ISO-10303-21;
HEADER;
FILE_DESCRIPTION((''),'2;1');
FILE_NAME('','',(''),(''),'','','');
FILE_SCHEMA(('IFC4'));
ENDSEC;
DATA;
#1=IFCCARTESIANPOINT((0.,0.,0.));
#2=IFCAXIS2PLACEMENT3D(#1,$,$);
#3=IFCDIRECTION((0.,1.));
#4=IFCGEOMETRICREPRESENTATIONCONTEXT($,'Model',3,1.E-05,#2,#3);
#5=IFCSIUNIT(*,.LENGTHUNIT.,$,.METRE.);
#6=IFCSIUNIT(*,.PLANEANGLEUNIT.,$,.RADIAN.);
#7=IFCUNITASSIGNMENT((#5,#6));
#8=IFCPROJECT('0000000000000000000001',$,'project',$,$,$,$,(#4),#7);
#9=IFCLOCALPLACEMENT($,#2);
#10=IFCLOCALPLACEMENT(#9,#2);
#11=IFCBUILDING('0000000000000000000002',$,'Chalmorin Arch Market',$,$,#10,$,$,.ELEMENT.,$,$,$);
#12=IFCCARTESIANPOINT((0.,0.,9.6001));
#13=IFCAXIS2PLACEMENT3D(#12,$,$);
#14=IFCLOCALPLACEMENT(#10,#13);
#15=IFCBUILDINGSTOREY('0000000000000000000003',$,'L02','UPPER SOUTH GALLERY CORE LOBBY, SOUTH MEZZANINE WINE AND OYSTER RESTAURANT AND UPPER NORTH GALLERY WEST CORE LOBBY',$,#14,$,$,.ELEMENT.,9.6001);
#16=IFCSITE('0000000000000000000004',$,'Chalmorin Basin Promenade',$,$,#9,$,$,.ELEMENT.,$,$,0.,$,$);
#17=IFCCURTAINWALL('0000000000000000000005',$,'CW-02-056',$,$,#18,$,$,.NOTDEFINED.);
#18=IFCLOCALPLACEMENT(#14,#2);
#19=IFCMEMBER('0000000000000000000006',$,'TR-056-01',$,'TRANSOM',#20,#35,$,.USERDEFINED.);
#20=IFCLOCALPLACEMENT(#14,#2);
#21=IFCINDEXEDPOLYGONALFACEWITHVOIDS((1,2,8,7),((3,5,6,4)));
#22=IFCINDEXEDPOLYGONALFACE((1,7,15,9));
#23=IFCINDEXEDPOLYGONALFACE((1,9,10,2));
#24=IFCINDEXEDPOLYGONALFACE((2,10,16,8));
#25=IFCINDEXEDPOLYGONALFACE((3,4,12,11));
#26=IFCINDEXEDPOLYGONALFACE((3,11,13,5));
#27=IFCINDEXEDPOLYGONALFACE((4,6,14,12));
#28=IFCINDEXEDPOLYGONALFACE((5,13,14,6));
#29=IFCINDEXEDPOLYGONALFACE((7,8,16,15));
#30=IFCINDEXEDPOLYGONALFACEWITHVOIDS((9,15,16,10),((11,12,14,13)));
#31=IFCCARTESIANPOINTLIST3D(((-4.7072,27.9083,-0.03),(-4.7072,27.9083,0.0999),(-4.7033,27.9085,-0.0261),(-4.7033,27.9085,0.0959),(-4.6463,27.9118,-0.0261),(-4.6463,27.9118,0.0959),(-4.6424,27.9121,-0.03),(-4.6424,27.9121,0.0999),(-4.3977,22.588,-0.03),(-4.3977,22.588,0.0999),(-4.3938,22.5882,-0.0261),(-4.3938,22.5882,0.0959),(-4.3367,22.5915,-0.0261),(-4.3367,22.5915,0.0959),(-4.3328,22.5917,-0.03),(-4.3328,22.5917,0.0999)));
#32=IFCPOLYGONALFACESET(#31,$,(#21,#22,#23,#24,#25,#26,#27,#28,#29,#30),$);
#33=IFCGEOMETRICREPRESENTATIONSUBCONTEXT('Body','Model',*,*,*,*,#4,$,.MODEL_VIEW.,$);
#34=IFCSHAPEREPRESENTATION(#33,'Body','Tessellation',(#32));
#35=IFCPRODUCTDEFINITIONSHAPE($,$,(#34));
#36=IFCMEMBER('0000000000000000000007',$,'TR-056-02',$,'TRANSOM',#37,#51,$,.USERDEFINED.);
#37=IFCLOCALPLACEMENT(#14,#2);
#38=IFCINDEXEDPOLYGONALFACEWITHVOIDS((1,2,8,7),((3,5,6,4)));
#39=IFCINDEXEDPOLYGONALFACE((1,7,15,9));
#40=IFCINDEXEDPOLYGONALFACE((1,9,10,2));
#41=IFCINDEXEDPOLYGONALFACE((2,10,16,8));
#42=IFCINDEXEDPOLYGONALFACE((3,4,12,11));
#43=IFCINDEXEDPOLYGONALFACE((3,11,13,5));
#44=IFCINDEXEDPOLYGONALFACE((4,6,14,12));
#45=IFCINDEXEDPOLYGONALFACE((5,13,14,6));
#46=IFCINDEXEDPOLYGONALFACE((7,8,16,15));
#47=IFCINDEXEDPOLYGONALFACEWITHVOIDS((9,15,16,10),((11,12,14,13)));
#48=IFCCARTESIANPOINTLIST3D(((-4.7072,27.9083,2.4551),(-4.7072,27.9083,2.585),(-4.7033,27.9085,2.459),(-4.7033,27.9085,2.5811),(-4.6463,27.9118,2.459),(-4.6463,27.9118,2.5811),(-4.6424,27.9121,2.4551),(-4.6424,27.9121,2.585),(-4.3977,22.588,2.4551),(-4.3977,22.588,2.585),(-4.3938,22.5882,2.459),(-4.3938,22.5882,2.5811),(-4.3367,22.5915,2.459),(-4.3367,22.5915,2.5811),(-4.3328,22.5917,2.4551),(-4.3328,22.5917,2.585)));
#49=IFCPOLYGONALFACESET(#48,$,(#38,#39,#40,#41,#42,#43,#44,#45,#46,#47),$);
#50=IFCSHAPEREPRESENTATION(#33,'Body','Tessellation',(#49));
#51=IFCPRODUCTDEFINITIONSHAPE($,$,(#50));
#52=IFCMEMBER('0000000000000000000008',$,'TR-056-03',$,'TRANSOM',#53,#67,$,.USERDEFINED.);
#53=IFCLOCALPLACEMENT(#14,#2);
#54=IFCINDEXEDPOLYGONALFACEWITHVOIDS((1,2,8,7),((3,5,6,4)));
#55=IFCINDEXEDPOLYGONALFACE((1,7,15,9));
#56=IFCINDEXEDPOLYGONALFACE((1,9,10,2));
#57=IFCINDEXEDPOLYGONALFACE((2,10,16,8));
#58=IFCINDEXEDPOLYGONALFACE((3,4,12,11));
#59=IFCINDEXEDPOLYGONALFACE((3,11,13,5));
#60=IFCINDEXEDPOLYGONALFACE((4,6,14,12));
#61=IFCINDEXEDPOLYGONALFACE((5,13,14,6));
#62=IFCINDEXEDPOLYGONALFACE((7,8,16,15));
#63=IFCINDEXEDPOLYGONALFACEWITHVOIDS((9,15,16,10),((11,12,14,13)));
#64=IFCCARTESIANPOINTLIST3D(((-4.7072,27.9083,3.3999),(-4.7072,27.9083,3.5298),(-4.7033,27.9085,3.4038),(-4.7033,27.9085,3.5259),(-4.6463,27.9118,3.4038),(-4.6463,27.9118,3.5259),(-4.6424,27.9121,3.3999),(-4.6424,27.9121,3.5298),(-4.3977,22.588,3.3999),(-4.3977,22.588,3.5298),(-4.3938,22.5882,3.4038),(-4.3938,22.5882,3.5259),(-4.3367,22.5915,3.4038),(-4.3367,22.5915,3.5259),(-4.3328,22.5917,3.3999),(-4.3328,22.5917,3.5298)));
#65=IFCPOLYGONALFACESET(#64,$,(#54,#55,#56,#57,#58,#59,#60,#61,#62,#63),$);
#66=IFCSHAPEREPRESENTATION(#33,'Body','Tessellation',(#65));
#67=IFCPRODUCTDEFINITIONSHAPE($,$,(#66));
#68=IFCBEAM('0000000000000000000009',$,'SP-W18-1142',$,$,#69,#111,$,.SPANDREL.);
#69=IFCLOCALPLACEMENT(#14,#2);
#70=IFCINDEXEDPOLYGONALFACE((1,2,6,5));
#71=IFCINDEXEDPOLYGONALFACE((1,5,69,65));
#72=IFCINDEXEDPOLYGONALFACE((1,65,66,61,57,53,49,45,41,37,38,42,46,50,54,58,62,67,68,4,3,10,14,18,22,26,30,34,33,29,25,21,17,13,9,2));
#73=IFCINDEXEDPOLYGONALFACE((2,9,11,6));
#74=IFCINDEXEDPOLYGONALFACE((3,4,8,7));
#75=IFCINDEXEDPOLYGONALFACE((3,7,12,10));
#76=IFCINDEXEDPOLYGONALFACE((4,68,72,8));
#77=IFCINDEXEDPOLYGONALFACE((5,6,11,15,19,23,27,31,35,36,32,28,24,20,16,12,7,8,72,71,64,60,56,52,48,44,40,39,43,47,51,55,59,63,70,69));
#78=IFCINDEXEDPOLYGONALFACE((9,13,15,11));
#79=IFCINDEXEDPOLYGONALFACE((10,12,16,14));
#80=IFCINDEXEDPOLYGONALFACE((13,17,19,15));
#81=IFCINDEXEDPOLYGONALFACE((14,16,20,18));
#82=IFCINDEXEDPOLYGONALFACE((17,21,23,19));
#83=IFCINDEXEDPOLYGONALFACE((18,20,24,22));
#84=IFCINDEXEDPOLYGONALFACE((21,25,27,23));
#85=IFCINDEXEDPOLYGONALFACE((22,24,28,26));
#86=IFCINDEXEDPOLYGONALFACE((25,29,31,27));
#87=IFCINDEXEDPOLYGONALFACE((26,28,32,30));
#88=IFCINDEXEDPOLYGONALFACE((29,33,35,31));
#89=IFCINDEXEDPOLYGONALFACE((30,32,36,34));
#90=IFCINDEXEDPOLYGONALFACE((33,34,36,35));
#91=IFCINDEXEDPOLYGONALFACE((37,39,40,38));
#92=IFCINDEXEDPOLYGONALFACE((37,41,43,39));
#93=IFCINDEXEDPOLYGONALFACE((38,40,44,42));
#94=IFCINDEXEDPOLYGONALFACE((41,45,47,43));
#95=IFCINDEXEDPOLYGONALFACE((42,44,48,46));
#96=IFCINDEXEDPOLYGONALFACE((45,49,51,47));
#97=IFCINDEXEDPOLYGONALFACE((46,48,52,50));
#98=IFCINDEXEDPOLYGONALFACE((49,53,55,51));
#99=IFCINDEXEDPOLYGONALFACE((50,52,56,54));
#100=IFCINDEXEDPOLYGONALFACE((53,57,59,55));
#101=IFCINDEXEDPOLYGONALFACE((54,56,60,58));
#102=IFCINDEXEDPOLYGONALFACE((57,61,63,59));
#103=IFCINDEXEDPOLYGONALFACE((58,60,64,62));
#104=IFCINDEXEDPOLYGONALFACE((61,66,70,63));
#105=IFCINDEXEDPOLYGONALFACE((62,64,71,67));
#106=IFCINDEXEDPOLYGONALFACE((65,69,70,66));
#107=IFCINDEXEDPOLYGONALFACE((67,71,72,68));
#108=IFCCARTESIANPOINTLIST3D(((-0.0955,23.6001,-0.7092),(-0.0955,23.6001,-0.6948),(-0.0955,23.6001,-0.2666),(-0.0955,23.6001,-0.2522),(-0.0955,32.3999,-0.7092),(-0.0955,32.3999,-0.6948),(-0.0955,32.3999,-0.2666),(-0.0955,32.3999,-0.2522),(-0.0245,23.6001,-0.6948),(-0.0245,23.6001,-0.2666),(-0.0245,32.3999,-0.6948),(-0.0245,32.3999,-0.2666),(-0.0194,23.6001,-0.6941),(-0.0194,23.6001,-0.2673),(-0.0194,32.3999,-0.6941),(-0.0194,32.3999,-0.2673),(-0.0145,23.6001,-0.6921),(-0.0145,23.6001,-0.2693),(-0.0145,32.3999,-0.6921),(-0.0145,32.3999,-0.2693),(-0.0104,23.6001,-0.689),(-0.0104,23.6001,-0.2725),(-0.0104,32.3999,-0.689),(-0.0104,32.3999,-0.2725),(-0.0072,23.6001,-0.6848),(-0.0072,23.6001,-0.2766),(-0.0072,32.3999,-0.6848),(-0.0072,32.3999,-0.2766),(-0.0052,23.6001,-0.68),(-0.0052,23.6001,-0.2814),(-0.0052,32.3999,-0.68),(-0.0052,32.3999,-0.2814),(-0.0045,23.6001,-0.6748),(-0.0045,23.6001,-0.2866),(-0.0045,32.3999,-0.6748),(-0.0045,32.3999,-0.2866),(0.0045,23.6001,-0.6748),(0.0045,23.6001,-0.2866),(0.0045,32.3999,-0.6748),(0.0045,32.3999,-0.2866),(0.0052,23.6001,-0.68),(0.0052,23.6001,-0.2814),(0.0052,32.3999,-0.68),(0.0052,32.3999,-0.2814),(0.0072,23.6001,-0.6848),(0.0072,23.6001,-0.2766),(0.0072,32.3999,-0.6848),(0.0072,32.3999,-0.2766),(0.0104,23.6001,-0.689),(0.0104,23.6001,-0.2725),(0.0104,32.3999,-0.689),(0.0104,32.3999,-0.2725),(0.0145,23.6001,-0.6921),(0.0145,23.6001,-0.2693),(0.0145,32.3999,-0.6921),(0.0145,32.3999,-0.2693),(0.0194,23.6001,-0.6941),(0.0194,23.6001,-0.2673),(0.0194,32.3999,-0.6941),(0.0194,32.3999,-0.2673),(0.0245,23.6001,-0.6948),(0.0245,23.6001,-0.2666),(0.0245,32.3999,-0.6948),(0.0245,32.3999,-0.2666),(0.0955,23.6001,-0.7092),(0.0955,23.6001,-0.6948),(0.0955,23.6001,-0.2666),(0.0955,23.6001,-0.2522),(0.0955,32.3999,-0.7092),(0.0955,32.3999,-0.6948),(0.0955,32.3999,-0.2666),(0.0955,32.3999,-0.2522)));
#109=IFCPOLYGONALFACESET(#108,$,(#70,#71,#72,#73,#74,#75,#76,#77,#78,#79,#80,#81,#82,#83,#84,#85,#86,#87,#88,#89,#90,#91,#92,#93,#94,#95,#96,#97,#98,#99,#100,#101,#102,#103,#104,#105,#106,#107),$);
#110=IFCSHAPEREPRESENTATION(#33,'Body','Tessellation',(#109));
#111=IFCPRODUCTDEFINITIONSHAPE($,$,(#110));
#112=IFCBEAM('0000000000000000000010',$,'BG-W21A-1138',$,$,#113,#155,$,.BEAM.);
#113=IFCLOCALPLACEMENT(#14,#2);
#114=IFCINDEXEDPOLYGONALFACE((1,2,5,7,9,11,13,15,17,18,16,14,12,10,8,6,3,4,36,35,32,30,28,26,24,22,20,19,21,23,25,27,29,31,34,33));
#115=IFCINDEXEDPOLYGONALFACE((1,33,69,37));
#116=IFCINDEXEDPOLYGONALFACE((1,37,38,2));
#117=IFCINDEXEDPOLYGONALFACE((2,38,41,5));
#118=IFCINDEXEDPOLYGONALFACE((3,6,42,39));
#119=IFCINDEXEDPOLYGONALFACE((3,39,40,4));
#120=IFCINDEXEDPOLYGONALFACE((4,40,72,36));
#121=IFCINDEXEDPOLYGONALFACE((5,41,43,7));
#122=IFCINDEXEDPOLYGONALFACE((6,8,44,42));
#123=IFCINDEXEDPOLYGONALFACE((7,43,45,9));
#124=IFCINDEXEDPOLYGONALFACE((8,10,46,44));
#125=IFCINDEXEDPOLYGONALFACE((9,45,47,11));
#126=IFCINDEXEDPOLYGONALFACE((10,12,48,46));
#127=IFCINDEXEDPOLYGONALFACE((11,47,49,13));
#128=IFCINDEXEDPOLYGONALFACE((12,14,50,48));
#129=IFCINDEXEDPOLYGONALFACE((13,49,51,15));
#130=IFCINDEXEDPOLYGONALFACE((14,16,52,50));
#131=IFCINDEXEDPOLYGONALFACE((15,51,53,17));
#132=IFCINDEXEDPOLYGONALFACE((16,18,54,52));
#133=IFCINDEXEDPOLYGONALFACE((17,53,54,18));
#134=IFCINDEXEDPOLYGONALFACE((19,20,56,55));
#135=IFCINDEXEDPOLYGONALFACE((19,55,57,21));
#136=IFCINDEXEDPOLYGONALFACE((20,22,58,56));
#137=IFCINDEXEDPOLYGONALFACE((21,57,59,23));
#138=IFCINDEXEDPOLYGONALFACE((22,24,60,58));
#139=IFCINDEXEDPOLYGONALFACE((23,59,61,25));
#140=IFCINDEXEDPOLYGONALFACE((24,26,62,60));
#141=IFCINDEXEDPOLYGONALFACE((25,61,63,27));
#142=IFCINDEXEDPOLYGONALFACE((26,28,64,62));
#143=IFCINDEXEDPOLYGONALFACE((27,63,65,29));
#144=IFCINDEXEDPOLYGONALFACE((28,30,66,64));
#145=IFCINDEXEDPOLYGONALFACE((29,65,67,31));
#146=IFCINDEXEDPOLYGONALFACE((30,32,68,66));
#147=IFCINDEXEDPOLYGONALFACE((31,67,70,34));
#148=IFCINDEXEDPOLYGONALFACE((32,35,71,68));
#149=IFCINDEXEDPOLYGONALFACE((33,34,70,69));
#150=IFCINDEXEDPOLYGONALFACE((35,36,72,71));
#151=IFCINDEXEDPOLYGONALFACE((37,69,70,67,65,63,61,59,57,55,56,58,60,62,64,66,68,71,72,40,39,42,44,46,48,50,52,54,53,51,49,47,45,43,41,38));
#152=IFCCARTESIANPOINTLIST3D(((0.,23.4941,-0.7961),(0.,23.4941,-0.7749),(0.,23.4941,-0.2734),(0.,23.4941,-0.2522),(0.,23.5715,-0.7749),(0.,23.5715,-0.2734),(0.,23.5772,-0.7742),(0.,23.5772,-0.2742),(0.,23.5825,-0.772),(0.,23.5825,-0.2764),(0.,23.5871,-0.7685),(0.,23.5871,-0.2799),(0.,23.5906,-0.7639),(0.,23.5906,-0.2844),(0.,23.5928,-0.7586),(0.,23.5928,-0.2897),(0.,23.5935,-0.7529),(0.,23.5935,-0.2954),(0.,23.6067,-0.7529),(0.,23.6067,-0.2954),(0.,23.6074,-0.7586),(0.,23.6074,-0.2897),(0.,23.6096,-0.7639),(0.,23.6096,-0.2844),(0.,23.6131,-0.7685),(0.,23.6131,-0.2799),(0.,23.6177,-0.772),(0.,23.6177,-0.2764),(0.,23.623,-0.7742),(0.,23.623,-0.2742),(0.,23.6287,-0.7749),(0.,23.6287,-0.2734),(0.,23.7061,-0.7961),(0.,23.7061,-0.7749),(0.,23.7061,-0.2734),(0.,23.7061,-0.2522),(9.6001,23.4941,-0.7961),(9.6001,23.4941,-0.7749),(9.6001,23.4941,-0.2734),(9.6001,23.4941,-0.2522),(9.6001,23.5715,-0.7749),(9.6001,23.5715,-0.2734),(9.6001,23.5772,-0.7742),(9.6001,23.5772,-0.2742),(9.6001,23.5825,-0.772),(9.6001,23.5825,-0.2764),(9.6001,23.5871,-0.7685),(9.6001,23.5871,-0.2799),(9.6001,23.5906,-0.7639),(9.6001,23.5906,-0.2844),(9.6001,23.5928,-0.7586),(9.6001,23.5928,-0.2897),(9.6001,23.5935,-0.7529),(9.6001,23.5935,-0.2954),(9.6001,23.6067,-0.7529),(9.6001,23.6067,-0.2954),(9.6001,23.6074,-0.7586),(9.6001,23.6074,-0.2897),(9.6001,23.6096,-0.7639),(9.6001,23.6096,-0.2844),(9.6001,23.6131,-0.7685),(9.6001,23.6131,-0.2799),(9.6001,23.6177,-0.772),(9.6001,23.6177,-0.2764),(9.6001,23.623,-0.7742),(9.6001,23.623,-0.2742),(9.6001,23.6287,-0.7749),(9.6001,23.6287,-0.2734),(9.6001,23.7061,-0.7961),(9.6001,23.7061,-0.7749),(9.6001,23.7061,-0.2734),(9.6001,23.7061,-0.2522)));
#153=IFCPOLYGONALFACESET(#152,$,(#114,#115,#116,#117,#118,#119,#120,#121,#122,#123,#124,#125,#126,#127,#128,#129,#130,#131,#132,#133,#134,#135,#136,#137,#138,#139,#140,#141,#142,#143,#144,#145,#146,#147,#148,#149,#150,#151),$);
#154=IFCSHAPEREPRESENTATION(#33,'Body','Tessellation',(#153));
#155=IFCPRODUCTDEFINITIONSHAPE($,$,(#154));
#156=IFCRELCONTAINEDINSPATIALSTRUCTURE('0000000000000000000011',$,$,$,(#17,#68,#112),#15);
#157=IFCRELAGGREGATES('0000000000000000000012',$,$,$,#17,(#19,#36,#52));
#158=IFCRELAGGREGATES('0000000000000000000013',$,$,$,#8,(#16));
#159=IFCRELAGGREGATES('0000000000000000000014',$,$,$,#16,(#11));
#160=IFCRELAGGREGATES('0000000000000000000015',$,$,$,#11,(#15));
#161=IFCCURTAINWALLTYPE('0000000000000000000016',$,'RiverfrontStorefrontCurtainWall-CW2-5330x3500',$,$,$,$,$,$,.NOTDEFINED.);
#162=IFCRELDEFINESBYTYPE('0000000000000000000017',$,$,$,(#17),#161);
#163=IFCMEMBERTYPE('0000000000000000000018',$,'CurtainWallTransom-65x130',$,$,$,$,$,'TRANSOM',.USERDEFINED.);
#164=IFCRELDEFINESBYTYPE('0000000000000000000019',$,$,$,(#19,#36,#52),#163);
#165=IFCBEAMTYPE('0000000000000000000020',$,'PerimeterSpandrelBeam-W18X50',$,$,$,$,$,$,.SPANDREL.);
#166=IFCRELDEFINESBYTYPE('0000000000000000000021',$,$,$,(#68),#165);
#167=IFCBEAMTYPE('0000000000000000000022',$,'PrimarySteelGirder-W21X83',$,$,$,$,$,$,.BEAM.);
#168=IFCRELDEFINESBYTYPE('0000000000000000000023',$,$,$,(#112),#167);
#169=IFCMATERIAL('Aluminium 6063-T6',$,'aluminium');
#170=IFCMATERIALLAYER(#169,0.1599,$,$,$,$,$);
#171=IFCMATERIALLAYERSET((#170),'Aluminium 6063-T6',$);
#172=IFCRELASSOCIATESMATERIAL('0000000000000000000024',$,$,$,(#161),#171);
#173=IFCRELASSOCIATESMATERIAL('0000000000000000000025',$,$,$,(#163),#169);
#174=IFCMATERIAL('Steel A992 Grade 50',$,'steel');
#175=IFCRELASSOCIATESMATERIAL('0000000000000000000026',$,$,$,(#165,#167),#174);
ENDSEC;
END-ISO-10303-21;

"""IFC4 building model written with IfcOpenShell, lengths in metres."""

from ifc_helpers import new_model, si_unit, direction, frame, origin, origin_2d, place, context, subcontext, project, spatial, hollow_rectangle, i_section, extrude, material, layer, layer_set, material_profile, profile_set, type_object, element, aggregate, save


model = new_model("IFC4")

# Units and contexts
model_context = context("Model", 3, precision=1e-05, world=origin(), true_north=direction((0.0, 1.0)))
body_context = subcontext(model_context, "Body", "Model", "MODEL_VIEW")
ifc_project = project(units=[si_unit("LENGTHUNIT", "METRE"), si_unit("PLANEANGLEUNIT", "RADIAN")], contexts=[model_context])

# Site, building, storey
site_placement = place(None, origin())
site = spatial("IfcSite", under=ifc_project, at=site_placement, Name="Chalmorin Basin Promenade", CompositionType="ELEMENT", RefElevation=0.0)
building_placement = place(site_placement, origin())
building = spatial("IfcBuilding", under=site, at=building_placement, Name="Chalmorin Arch Market", CompositionType="ELEMENT")
storey_placement = place(building_placement, frame((0.0, 0.0, 9.6001)))
storey = spatial("IfcBuildingStorey", under=building, at=storey_placement, Name="L02", Description="UPPER SOUTH GALLERY CORE LOBBY, SOUTH MEZZANINE WINE AND OYSTER RESTAURANT AND UPPER NORTH GALLERY WEST CORE LOBBY", CompositionType="ELEMENT", Elevation=9.6001)

# Shared definitions
ifc_material_1 = material(Name="Aluminium 6063-T6", Category="aluminium")

# Curtain wall
ifc_layer_1 = layer(ifc_material_1, 0.1599)
ifc_layer_set_1 = layer_set([ifc_layer_1], Name="Aluminium 6063-T6")
curtain_wall_type_1 = type_object("IfcCurtainWallType", Name="RiverfrontStorefrontCurtainWall-CW2-5330x3500", PredefinedType="NOTDEFINED", material=ifc_layer_set_1)
curtain_wall_1_placement = place(storey_placement, origin())
curtain_wall_1 = element("IfcCurtainWall", 1, at=curtain_wall_1_placement, inside=storey, type_object=curtain_wall_type_1, Name="CW-02-056", PredefinedType="NOTDEFINED")

# Members
ifc_material_profile_1 = material_profile(ifc_material_1, hollow_rectangle(XDim=0.0649, YDim=0.1299, WallThickness=0.0039, at=origin_2d()), Name="ALU65X130X4")
ifc_profile_set_1 = profile_set([ifc_material_profile_1], Name="Aluminium 6063-T6")
member_type_1 = type_object("IfcMemberType", Name="CurtainWallTransom-65x130", ElementType="TRANSOM", PredefinedType="USERDEFINED", material=ifc_profile_set_1)
member_1_placement = place(storey_placement, frame((-4.3652, 22.5898, 0.0349), z_axis=(-0.058088, 0.998311, 0.0), x_axis=(-0.998311, -0.058088, 0.0)))
member_1 = element("IfcMember", 2, at=member_1_placement, type_object=member_type_1, Name="TR-056-01", ObjectType="TRANSOM", PredefinedType="USERDEFINED", context=body_context, shape_type="SweptSolid", body=[
    extrude(hollow_rectangle(XDim=0.0649, YDim=0.1299, WallThickness=0.0039, at=origin_2d()), origin(), (0.0, 0.0, 1.0), 5.3293),
])
member_2_placement = place(storey_placement, frame((-4.3652, 22.5898, 2.52), z_axis=(-0.058088, 0.998311, 0.0), x_axis=(-0.998311, -0.058088, 0.0)))
member_2 = element("IfcMember", 3, at=member_2_placement, type_object=member_type_1, Name="TR-056-02", ObjectType="TRANSOM", PredefinedType="USERDEFINED", context=body_context, shape_type="SweptSolid", body=[
    extrude(hollow_rectangle(XDim=0.0649, YDim=0.1299, WallThickness=0.0039, at=origin_2d()), origin(), (0.0, 0.0, 1.0), 5.3293),
])
member_3_placement = place(storey_placement, frame((-4.3652, 22.5898, 3.4648), z_axis=(-0.058088, 0.998311, 0.0), x_axis=(-0.998311, -0.058088, 0.0)))
member_3 = element("IfcMember", 4, at=member_3_placement, type_object=member_type_1, Name="TR-056-03", ObjectType="TRANSOM", PredefinedType="USERDEFINED", context=body_context, shape_type="SweptSolid", body=[
    extrude(hollow_rectangle(XDim=0.0649, YDim=0.1299, WallThickness=0.0039, at=origin_2d()), origin(), (0.0, 0.0, 1.0), 5.3293),
])

# Beams
ifc_material_2 = material(Name="Steel A992 Grade 50", Category="steel")
ifc_material_profile_2 = material_profile(ifc_material_2, i_section(OverallWidth=0.1909, OverallDepth=0.457, WebThickness=0.009, FlangeThickness=0.0144, FilletRadius=0.02, at=origin_2d()), Name="W18X50")
ifc_profile_set_2 = profile_set([ifc_material_profile_2], Name="Steel A992 Grade 50")
beam_type_1 = type_object("IfcBeamType", Name="PerimeterSpandrelBeam-W18X50", PredefinedType="SPANDREL", material=ifc_profile_set_2)
beam_1_placement = place(storey_placement, frame((0.0, 23.6001, -0.4807), z_axis=(0.0, 1.0, 0.0), x_axis=(-1.0, 0.0, 0.0)))
element("IfcBeam", 5, at=beam_1_placement, inside=storey, type_object=beam_type_1, Name="SP-W18-1142", PredefinedType="SPANDREL", context=body_context, shape_type="SweptSolid", body=[
    extrude(i_section(OverallWidth=0.1909, OverallDepth=0.457, WebThickness=0.009, FlangeThickness=0.0144, FilletRadius=0.02, at=origin_2d()), origin(), (0.0, 0.0, 1.0), 8.7998),
])
ifc_material_profile_3 = material_profile(ifc_material_2, i_section(OverallWidth=0.2119, OverallDepth=0.5439, WebThickness=0.0132, FlangeThickness=0.0212, FilletRadius=0.022, at=origin_2d()), Name="W21X83")
ifc_profile_set_3 = profile_set([ifc_material_profile_3], Name="Steel A992 Grade 50")
beam_type_2 = type_object("IfcBeamType", Name="PrimarySteelGirder-W21X83", PredefinedType="BEAM", material=ifc_profile_set_3)
beam_2_placement = place(storey_placement, frame((0.0, 23.6001, -0.5242), z_axis=(1.0, 0.0, 0.0), x_axis=(0.0, 1.0, 0.0)))
element("IfcBeam", 6, at=beam_2_placement, inside=storey, type_object=beam_type_2, Name="BG-W21A-1138", PredefinedType="BEAM", context=body_context, shape_type="SweptSolid", body=[
    extrude(i_section(OverallWidth=0.2119, OverallDepth=0.5439, WebThickness=0.0132, FlangeThickness=0.0212, FilletRadius=0.022, at=origin_2d()), origin(), (0.0, 0.0, 1.0), 9.6001),
])

aggregate(curtain_wall_1, [member_1, member_2, member_3])

save(model, "model.ifc")
